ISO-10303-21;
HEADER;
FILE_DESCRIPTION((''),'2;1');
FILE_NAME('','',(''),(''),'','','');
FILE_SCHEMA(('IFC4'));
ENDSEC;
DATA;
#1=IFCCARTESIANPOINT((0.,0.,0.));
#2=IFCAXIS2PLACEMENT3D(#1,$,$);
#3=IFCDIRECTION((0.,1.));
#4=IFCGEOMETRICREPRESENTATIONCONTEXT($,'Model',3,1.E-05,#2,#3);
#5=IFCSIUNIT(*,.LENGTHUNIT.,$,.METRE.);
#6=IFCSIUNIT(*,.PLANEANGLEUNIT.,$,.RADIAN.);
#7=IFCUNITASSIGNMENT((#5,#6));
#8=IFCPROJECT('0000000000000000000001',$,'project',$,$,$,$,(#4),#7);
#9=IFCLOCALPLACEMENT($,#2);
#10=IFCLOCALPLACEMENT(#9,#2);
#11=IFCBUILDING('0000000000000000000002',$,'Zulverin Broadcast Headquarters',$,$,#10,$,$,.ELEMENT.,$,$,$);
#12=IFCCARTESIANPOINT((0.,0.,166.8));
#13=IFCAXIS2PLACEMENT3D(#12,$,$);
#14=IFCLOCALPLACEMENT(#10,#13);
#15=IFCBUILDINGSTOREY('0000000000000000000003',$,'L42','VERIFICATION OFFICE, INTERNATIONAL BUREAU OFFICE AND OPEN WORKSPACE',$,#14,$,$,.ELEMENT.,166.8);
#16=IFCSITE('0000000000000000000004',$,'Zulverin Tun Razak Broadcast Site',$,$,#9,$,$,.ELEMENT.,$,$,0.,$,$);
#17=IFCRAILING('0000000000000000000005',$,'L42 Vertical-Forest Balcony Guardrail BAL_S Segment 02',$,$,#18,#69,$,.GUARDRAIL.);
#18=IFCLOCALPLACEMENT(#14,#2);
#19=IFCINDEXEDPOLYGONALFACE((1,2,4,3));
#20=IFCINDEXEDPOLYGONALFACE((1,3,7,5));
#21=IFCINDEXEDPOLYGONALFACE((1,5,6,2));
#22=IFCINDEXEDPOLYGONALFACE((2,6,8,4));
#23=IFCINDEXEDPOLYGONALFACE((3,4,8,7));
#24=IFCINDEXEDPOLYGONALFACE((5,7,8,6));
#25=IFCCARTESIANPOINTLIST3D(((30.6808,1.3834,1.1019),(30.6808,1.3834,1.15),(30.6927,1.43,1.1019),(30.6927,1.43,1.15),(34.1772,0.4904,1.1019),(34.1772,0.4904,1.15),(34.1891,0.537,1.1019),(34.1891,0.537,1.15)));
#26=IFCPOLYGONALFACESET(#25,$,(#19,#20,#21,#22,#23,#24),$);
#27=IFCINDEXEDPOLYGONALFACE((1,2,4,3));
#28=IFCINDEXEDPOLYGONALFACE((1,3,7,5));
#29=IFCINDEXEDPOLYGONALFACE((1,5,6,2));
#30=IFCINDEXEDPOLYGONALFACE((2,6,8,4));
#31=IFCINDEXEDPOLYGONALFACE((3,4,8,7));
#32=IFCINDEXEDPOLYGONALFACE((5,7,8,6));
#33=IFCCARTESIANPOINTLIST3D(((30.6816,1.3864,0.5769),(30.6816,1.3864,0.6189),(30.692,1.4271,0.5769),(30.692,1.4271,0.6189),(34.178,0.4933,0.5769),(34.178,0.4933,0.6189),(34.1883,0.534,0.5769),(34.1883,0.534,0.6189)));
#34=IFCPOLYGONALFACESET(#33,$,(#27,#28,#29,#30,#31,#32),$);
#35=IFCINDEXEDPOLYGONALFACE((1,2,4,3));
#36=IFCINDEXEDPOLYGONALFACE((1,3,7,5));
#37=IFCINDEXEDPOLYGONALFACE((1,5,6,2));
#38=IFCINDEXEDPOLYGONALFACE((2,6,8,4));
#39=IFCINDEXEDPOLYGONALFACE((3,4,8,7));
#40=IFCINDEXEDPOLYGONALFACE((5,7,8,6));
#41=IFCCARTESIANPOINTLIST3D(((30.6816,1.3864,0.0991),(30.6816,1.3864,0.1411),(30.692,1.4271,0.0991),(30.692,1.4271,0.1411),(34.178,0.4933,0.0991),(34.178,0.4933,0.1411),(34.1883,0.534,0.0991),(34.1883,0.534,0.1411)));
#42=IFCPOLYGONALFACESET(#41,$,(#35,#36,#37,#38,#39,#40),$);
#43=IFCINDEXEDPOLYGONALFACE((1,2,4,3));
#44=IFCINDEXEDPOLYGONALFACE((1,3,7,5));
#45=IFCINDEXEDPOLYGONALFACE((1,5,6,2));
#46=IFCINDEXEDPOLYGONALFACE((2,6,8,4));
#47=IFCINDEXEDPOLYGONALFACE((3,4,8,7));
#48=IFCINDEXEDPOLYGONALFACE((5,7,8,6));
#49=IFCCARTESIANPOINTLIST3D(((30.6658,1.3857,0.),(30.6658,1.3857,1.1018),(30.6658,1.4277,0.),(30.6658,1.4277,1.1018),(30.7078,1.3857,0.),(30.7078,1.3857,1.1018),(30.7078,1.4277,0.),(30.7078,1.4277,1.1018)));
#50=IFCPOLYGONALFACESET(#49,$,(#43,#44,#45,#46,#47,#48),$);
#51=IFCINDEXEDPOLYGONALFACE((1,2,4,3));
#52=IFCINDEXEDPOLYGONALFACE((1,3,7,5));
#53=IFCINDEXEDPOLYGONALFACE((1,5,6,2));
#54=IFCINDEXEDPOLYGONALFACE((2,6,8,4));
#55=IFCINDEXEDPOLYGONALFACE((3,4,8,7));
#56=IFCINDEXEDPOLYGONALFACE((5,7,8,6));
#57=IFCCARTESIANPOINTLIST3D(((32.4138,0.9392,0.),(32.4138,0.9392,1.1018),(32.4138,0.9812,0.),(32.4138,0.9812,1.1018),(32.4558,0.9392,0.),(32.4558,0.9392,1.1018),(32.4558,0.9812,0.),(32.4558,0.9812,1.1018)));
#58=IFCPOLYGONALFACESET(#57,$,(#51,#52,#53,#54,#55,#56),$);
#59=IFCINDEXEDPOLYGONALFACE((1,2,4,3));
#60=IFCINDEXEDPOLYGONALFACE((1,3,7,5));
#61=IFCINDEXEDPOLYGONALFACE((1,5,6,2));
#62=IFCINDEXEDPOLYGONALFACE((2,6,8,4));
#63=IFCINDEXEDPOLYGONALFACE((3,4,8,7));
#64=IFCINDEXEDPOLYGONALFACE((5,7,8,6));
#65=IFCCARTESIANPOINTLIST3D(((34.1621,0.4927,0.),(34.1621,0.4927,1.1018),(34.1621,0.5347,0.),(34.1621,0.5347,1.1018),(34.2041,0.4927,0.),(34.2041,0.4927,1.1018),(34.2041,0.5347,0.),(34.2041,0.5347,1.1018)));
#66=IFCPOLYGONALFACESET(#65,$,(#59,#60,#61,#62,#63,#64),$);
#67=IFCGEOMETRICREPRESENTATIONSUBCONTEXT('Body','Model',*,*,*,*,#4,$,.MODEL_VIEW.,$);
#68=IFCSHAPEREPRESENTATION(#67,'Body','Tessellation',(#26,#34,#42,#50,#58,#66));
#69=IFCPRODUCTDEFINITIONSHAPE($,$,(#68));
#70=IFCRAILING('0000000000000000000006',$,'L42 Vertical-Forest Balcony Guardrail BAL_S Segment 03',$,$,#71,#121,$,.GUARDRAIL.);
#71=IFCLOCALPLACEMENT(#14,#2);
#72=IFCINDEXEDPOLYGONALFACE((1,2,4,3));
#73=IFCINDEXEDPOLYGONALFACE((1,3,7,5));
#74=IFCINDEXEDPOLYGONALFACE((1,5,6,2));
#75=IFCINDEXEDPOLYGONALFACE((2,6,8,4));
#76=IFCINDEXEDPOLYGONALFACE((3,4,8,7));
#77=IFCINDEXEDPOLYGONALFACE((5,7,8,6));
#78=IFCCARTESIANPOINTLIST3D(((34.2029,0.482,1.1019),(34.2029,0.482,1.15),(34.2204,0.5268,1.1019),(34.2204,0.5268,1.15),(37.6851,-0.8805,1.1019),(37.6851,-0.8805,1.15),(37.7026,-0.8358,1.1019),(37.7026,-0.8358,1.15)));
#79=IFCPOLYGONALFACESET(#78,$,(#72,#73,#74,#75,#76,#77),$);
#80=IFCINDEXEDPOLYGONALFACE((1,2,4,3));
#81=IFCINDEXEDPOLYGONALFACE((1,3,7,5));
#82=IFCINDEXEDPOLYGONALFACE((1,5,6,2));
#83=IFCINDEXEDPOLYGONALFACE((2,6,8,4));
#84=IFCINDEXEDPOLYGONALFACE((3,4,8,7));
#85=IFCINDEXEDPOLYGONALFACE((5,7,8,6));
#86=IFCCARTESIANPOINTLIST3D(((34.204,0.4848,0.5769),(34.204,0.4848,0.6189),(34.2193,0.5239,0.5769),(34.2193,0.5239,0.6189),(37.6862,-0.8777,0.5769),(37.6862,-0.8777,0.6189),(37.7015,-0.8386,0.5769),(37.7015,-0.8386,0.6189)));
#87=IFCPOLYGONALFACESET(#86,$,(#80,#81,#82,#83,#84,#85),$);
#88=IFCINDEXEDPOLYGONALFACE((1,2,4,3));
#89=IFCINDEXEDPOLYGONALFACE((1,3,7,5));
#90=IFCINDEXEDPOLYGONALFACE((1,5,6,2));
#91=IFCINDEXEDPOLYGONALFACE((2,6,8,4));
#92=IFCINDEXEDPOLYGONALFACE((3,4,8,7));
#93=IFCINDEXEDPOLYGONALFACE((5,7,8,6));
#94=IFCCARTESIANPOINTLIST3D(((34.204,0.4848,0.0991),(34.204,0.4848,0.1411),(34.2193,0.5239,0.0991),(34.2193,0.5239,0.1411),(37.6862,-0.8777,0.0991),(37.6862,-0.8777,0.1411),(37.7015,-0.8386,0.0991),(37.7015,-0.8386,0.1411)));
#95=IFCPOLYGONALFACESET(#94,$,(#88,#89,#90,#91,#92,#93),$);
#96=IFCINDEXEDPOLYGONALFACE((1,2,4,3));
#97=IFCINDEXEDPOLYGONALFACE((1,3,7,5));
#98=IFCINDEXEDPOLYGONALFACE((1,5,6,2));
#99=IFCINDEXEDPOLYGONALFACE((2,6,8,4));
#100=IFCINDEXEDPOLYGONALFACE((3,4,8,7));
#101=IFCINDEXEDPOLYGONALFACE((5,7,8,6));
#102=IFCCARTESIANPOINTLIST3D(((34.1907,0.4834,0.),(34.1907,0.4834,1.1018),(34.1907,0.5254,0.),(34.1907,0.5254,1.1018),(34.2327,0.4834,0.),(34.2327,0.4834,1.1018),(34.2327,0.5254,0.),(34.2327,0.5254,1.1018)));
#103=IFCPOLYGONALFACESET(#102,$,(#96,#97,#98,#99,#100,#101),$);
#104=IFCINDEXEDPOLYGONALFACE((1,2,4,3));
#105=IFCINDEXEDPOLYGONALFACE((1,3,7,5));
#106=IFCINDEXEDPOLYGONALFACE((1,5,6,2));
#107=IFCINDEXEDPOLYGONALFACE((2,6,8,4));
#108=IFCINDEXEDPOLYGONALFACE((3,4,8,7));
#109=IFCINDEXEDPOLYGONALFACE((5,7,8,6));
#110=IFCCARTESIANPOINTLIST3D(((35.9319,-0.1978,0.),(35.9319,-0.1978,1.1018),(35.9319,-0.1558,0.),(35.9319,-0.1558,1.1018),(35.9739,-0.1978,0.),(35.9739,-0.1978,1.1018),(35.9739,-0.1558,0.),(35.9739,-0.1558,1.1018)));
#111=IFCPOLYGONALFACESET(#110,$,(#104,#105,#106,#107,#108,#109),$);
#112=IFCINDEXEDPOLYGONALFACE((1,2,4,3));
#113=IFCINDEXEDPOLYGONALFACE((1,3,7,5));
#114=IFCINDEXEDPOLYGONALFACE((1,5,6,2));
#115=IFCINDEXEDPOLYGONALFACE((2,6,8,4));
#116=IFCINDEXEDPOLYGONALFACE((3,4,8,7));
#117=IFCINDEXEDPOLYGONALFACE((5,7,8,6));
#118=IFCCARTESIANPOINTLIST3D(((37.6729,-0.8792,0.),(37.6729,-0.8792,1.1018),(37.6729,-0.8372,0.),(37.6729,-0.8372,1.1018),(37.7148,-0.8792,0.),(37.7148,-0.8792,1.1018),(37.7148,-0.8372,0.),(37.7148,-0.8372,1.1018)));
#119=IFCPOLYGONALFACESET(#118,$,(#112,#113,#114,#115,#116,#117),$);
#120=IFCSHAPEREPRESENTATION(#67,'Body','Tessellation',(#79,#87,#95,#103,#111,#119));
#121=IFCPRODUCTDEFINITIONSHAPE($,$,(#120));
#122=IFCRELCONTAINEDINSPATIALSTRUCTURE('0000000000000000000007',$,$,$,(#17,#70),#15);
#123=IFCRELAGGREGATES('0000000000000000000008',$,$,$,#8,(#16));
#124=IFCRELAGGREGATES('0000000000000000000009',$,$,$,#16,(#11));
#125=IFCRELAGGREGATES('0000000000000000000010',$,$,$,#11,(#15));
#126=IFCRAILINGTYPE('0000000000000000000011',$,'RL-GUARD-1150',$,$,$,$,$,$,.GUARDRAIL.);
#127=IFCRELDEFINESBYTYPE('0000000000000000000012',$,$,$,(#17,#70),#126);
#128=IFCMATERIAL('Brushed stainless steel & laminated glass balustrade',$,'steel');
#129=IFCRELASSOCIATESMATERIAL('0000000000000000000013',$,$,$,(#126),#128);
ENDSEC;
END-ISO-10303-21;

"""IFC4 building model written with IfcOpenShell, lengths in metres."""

from ifc_helpers import new_model, si_unit, direction, frame, origin, origin_2d, place, context, subcontext, project, spatial, rectangle, extrude, material, type_object, element, save


model = new_model("IFC4")

# Units and contexts
model_context = context("Model", 3, precision=1e-05, world=origin(), true_north=direction((0.0, 1.0)))
body_context = subcontext(model_context, "Body", "Model", "MODEL_VIEW")
ifc_project = project(units=[si_unit("LENGTHUNIT", "METRE"), si_unit("PLANEANGLEUNIT", "RADIAN")], contexts=[model_context])

# Site, building, storey
site_placement = place(None, origin())
site = spatial("IfcSite", under=ifc_project, at=site_placement, Name="Zulverin Tun Razak Broadcast Site", CompositionType="ELEMENT", RefElevation=0.0)
building_placement = place(site_placement, origin())
building = spatial("IfcBuilding", under=site, at=building_placement, Name="Zulverin Broadcast Headquarters", CompositionType="ELEMENT")
storey_placement = place(building_placement, frame((0.0, 0.0, 166.8)))
storey = spatial("IfcBuildingStorey", under=building, at=storey_placement, Name="L42", Description="VERIFICATION OFFICE, INTERNATIONAL BUREAU OFFICE AND OPEN WORKSPACE", CompositionType="ELEMENT", Elevation=166.8)

# Railings
ifc_material_1 = material(Name="Brushed stainless steel & laminated glass balustrade", Category="steel")
railing_type = type_object("IfcRailingType", Name="RL-GUARD-1150", PredefinedType="GUARDRAIL", material=ifc_material_1)
railing_1_placement = place(storey_placement, frame((30.6868, 1.4067, 0.0)))
element("IfcRailing", 1, at=railing_1_placement, inside=storey, type_object=railing_type, Name="L42 Vertical-Forest Balcony Guardrail BAL_S Segment 02", PredefinedType="GUARDRAIL", context=body_context, shape_type="SweptSolid", body=[
    extrude(rectangle(XDim=0.0481, YDim=0.0481, at=origin_2d()), frame((0.0, 0.0, 1.126), z_axis=(0.968892, -0.247483, 0.0), x_axis=(0.247483, 0.968892, 0.0)), (0.0, 0.0, 1.0), 3.6086),
    extrude(rectangle(XDim=0.042, YDim=0.042, at=origin_2d()), frame((0.0, 0.0, 0.5979), z_axis=(0.968892, -0.247483, 0.0), x_axis=(0.247483, 0.968892, 0.0)), (0.0, 0.0, 1.0), 3.6086),
    extrude(rectangle(XDim=0.042, YDim=0.042, at=origin_2d()), frame((0.0, 0.0, 0.1201), z_axis=(0.968892, -0.247483, 0.0), x_axis=(0.247483, 0.968892, 0.0)), (0.0, 0.0, 1.0), 3.6086),
    extrude(rectangle(XDim=0.042, YDim=0.042, at=origin_2d()), origin(), (0.0, 0.0, 1.0), 1.1018),
    extrude(rectangle(XDim=0.042, YDim=0.042, at=origin_2d()), frame((1.748, -0.4465, 0.0)), (0.0, 0.0, 1.0), 1.1018),
    extrude(rectangle(XDim=0.042, YDim=0.042, at=origin_2d()), frame((3.4963, -0.8931, 0.0)), (0.0, 0.0, 1.0), 1.1018),
])
railing_2_placement = place(storey_placement, frame((34.2117, 0.5044, 0.0)))
element("IfcRailing", 2, at=railing_2_placement, inside=storey, type_object=railing_type, Name="L42 Vertical-Forest Balcony Guardrail BAL_S Segment 03", PredefinedType="GUARDRAIL", context=body_context, shape_type="SweptSolid", body=[
    extrude(rectangle(XDim=0.0481, YDim=0.0481, at=origin_2d()), frame((0.0, 0.0, 1.126), z_axis=(0.931247, -0.36439, 0.0), x_axis=(0.36439, 0.931247, 0.0)), (0.0, 0.0, 1.0), 3.7393),
    extrude(rectangle(XDim=0.042, YDim=0.042, at=origin_2d()), frame((0.0, 0.0, 0.5979), z_axis=(0.931247, -0.36439, 0.0), x_axis=(0.36439, 0.931247, 0.0)), (0.0, 0.0, 1.0), 3.7393),
    extrude(rectangle(XDim=0.042, YDim=0.042, at=origin_2d()), frame((0.0, 0.0, 0.1201), z_axis=(0.931247, -0.36439, 0.0), x_axis=(0.36439, 0.931247, 0.0)), (0.0, 0.0, 1.0), 3.7393),
    extrude(rectangle(XDim=0.042, YDim=0.042, at=origin_2d()), origin(), (0.0, 0.0, 1.0), 1.1018),
    extrude(rectangle(XDim=0.042, YDim=0.042, at=origin_2d()), frame((1.7412, -0.6812, 0.0)), (0.0, 0.0, 1.0), 1.1018),
    extrude(rectangle(XDim=0.042, YDim=0.042, at=origin_2d()), frame((3.4822, -1.3625, 0.0)), (0.0, 0.0, 1.0), 1.1018),
])

save(model, "model.ifc")
